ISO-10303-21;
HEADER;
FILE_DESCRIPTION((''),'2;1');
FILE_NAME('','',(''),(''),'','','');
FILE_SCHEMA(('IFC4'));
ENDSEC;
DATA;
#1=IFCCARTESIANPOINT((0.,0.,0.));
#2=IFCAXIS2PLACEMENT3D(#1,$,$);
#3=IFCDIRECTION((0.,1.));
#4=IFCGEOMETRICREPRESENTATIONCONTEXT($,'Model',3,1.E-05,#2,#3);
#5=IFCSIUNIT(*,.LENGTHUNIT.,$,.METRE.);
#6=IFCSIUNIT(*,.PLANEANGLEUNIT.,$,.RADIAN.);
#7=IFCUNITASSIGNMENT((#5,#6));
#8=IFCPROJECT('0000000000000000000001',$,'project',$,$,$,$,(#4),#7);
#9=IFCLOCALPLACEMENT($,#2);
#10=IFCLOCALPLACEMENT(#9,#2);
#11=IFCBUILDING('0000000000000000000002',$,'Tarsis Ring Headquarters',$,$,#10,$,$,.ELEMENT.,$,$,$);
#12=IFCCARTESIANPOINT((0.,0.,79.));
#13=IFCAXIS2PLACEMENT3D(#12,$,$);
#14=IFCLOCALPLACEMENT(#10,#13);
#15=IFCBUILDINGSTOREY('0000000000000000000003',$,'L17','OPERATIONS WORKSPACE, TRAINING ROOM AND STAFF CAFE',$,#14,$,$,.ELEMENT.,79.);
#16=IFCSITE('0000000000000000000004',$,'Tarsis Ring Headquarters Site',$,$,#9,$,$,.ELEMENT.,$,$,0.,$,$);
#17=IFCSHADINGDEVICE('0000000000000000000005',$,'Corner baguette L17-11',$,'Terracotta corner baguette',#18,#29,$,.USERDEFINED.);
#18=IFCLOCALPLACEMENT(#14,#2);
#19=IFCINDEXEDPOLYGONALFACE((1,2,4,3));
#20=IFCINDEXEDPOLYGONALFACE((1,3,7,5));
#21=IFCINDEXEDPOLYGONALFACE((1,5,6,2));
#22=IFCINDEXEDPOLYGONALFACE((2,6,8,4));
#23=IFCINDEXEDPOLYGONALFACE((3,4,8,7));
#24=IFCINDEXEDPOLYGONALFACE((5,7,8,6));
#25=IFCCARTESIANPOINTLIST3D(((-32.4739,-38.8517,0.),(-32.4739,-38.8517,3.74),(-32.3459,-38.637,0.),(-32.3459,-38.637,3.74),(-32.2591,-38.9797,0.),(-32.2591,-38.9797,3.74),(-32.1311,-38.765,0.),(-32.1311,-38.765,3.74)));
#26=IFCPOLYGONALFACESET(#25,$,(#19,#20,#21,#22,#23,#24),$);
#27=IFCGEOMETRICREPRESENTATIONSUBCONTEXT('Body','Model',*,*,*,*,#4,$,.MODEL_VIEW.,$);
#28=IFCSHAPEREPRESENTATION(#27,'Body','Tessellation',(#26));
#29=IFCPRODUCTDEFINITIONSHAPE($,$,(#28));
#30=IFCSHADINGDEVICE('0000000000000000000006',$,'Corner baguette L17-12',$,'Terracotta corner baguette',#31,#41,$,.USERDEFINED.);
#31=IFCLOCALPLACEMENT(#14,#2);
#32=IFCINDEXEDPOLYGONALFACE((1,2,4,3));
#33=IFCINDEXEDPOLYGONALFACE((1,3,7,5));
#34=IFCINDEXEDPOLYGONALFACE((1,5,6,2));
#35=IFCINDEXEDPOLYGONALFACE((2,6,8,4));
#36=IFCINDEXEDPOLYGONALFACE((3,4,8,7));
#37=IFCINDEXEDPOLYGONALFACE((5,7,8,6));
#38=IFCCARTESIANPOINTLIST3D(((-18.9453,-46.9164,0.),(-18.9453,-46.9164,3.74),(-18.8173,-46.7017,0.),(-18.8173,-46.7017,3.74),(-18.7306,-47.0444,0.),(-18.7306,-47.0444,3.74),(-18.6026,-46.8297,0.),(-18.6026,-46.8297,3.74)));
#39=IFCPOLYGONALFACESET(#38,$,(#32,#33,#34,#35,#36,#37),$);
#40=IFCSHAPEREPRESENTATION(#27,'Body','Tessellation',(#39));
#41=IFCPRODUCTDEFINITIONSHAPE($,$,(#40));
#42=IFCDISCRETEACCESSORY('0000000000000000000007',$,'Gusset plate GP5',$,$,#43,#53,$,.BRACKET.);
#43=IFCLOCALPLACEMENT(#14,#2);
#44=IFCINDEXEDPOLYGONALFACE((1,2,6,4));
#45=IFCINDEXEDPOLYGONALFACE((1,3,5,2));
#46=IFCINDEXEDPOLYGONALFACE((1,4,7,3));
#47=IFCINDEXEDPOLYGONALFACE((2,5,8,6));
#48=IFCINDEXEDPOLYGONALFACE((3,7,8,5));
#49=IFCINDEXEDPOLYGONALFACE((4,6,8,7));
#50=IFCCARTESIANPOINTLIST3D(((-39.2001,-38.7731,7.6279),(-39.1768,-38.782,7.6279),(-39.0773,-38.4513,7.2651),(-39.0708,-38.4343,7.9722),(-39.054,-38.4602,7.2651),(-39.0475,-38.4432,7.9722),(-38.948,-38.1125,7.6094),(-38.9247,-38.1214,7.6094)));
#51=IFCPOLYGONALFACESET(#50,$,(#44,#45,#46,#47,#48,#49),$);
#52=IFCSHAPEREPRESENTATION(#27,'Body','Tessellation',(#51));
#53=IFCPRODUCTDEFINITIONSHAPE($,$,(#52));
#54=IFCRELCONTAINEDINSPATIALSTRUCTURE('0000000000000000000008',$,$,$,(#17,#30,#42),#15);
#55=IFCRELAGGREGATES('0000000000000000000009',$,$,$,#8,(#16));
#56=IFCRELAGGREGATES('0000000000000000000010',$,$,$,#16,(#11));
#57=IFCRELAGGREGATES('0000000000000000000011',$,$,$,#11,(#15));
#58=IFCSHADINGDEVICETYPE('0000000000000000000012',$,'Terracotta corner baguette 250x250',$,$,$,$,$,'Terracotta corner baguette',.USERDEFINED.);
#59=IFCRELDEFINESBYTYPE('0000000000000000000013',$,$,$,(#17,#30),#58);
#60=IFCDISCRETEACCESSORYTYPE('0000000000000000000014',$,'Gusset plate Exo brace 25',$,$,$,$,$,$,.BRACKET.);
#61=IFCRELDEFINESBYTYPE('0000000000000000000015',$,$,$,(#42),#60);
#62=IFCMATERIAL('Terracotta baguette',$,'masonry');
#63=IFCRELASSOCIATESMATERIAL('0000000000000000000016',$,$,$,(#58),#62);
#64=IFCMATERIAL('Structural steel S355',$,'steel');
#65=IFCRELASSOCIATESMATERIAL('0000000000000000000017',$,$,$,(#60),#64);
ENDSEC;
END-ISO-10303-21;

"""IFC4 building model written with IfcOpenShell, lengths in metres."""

from ifc_helpers import new_model, si_unit, direction, frame, origin, origin_2d, place, context, subcontext, project, spatial, rectangle, extrude, material, material_profile, profile_set, type_object, element, save


model = new_model("IFC4")

# Units and contexts
model_context = context("Model", 3, precision=1e-05, world=origin(), true_north=direction((0.0, 1.0)))
body_context = subcontext(model_context, "Body", "Model", "MODEL_VIEW")
ifc_project = project(units=[si_unit("LENGTHUNIT", "METRE"), si_unit("PLANEANGLEUNIT", "RADIAN")], contexts=[model_context])

# Site, building, storey
site_placement = place(None, origin())
site = spatial("IfcSite", under=ifc_project, at=site_placement, Name="Tarsis Ring Headquarters Site", CompositionType="ELEMENT", RefElevation=0.0)
building_placement = place(site_placement, origin())
building = spatial("IfcBuilding", under=site, at=building_placement, Name="Tarsis Ring Headquarters", CompositionType="ELEMENT")
storey_placement = place(building_placement, frame((0.0, 0.0, 79.0)))
storey = spatial("IfcBuildingStorey", under=building, at=storey_placement, Name="L17", Description="OPERATIONS WORKSPACE, TRAINING ROOM AND STAFF CAFE", CompositionType="ELEMENT", Elevation=79.0)

# Shared definitions
ifc_material_1 = material(Name="Structural steel S355", Category="steel")

# Shading devices
ifc_material_2 = material(Name="Terracotta baguette", Category="masonry")
shading_device_type_1 = type_object("IfcShadingDeviceType", Name="Terracotta corner baguette 250x250", ElementType="Terracotta corner baguette", PredefinedType="USERDEFINED", material=ifc_material_2)
for number, where, z_axis, x_axis, name in (
    (1, (-32.3025, -38.8083, 0.0), (0.0, 0.0, 1.0), (-0.512043, -0.85896, 0.0), "Corner baguette L17-11"),
    (2, (-18.7739, -46.873, 0.0), (0.0, 0.0, 1.0), (0.85896, -0.512043, 0.0), "Corner baguette L17-12"),
):
    element("IfcShadingDevice", number, at=place(storey_placement, frame(where, z_axis=z_axis, x_axis=x_axis)), inside=storey, type_object=shading_device_type_1, Name=name, ObjectType="Terracotta corner baguette", PredefinedType="USERDEFINED", context=body_context, shape_type="SweptSolid", body=[
        extrude(rectangle(XDim=0.25, YDim=0.25, at=origin_2d()), origin(), (0.0, 0.0, 1.0), 3.74),
    ])

# Discrete accessory
ifc_material_profile_1 = material_profile(ifc_material_1, rectangle(XDim=0.0249, YDim=0.5, at=origin_2d()), Name="PL 25x500")
ifc_profile_set_1 = profile_set([ifc_material_profile_1], Name="Structural steel S355")
discrete_accessory_type = type_object("IfcDiscreteAccessoryType", Name="Gusset plate Exo brace 25", PredefinedType="BRACKET", material=ifc_profile_set_1)
discrete_accessory_placement = place(storey_placement, frame((-39.1238, -38.6082, 7.8), z_axis=(0.245488, 0.643246, -0.725238), x_axis=(-0.934274, 0.356555, 0.0)))
element("IfcDiscreteAccessory", 3, at=discrete_accessory_placement, inside=storey, type_object=discrete_accessory_type, Name="Gusset plate GP5", PredefinedType="BRACKET", context=body_context, shape_type="SweptSolid", body=[
    extrude(rectangle(XDim=0.0249, YDim=0.5, at=origin_2d()), origin(), (0.0, 0.0, 1.0), 0.5002),
])

save(model, "model.ifc")
